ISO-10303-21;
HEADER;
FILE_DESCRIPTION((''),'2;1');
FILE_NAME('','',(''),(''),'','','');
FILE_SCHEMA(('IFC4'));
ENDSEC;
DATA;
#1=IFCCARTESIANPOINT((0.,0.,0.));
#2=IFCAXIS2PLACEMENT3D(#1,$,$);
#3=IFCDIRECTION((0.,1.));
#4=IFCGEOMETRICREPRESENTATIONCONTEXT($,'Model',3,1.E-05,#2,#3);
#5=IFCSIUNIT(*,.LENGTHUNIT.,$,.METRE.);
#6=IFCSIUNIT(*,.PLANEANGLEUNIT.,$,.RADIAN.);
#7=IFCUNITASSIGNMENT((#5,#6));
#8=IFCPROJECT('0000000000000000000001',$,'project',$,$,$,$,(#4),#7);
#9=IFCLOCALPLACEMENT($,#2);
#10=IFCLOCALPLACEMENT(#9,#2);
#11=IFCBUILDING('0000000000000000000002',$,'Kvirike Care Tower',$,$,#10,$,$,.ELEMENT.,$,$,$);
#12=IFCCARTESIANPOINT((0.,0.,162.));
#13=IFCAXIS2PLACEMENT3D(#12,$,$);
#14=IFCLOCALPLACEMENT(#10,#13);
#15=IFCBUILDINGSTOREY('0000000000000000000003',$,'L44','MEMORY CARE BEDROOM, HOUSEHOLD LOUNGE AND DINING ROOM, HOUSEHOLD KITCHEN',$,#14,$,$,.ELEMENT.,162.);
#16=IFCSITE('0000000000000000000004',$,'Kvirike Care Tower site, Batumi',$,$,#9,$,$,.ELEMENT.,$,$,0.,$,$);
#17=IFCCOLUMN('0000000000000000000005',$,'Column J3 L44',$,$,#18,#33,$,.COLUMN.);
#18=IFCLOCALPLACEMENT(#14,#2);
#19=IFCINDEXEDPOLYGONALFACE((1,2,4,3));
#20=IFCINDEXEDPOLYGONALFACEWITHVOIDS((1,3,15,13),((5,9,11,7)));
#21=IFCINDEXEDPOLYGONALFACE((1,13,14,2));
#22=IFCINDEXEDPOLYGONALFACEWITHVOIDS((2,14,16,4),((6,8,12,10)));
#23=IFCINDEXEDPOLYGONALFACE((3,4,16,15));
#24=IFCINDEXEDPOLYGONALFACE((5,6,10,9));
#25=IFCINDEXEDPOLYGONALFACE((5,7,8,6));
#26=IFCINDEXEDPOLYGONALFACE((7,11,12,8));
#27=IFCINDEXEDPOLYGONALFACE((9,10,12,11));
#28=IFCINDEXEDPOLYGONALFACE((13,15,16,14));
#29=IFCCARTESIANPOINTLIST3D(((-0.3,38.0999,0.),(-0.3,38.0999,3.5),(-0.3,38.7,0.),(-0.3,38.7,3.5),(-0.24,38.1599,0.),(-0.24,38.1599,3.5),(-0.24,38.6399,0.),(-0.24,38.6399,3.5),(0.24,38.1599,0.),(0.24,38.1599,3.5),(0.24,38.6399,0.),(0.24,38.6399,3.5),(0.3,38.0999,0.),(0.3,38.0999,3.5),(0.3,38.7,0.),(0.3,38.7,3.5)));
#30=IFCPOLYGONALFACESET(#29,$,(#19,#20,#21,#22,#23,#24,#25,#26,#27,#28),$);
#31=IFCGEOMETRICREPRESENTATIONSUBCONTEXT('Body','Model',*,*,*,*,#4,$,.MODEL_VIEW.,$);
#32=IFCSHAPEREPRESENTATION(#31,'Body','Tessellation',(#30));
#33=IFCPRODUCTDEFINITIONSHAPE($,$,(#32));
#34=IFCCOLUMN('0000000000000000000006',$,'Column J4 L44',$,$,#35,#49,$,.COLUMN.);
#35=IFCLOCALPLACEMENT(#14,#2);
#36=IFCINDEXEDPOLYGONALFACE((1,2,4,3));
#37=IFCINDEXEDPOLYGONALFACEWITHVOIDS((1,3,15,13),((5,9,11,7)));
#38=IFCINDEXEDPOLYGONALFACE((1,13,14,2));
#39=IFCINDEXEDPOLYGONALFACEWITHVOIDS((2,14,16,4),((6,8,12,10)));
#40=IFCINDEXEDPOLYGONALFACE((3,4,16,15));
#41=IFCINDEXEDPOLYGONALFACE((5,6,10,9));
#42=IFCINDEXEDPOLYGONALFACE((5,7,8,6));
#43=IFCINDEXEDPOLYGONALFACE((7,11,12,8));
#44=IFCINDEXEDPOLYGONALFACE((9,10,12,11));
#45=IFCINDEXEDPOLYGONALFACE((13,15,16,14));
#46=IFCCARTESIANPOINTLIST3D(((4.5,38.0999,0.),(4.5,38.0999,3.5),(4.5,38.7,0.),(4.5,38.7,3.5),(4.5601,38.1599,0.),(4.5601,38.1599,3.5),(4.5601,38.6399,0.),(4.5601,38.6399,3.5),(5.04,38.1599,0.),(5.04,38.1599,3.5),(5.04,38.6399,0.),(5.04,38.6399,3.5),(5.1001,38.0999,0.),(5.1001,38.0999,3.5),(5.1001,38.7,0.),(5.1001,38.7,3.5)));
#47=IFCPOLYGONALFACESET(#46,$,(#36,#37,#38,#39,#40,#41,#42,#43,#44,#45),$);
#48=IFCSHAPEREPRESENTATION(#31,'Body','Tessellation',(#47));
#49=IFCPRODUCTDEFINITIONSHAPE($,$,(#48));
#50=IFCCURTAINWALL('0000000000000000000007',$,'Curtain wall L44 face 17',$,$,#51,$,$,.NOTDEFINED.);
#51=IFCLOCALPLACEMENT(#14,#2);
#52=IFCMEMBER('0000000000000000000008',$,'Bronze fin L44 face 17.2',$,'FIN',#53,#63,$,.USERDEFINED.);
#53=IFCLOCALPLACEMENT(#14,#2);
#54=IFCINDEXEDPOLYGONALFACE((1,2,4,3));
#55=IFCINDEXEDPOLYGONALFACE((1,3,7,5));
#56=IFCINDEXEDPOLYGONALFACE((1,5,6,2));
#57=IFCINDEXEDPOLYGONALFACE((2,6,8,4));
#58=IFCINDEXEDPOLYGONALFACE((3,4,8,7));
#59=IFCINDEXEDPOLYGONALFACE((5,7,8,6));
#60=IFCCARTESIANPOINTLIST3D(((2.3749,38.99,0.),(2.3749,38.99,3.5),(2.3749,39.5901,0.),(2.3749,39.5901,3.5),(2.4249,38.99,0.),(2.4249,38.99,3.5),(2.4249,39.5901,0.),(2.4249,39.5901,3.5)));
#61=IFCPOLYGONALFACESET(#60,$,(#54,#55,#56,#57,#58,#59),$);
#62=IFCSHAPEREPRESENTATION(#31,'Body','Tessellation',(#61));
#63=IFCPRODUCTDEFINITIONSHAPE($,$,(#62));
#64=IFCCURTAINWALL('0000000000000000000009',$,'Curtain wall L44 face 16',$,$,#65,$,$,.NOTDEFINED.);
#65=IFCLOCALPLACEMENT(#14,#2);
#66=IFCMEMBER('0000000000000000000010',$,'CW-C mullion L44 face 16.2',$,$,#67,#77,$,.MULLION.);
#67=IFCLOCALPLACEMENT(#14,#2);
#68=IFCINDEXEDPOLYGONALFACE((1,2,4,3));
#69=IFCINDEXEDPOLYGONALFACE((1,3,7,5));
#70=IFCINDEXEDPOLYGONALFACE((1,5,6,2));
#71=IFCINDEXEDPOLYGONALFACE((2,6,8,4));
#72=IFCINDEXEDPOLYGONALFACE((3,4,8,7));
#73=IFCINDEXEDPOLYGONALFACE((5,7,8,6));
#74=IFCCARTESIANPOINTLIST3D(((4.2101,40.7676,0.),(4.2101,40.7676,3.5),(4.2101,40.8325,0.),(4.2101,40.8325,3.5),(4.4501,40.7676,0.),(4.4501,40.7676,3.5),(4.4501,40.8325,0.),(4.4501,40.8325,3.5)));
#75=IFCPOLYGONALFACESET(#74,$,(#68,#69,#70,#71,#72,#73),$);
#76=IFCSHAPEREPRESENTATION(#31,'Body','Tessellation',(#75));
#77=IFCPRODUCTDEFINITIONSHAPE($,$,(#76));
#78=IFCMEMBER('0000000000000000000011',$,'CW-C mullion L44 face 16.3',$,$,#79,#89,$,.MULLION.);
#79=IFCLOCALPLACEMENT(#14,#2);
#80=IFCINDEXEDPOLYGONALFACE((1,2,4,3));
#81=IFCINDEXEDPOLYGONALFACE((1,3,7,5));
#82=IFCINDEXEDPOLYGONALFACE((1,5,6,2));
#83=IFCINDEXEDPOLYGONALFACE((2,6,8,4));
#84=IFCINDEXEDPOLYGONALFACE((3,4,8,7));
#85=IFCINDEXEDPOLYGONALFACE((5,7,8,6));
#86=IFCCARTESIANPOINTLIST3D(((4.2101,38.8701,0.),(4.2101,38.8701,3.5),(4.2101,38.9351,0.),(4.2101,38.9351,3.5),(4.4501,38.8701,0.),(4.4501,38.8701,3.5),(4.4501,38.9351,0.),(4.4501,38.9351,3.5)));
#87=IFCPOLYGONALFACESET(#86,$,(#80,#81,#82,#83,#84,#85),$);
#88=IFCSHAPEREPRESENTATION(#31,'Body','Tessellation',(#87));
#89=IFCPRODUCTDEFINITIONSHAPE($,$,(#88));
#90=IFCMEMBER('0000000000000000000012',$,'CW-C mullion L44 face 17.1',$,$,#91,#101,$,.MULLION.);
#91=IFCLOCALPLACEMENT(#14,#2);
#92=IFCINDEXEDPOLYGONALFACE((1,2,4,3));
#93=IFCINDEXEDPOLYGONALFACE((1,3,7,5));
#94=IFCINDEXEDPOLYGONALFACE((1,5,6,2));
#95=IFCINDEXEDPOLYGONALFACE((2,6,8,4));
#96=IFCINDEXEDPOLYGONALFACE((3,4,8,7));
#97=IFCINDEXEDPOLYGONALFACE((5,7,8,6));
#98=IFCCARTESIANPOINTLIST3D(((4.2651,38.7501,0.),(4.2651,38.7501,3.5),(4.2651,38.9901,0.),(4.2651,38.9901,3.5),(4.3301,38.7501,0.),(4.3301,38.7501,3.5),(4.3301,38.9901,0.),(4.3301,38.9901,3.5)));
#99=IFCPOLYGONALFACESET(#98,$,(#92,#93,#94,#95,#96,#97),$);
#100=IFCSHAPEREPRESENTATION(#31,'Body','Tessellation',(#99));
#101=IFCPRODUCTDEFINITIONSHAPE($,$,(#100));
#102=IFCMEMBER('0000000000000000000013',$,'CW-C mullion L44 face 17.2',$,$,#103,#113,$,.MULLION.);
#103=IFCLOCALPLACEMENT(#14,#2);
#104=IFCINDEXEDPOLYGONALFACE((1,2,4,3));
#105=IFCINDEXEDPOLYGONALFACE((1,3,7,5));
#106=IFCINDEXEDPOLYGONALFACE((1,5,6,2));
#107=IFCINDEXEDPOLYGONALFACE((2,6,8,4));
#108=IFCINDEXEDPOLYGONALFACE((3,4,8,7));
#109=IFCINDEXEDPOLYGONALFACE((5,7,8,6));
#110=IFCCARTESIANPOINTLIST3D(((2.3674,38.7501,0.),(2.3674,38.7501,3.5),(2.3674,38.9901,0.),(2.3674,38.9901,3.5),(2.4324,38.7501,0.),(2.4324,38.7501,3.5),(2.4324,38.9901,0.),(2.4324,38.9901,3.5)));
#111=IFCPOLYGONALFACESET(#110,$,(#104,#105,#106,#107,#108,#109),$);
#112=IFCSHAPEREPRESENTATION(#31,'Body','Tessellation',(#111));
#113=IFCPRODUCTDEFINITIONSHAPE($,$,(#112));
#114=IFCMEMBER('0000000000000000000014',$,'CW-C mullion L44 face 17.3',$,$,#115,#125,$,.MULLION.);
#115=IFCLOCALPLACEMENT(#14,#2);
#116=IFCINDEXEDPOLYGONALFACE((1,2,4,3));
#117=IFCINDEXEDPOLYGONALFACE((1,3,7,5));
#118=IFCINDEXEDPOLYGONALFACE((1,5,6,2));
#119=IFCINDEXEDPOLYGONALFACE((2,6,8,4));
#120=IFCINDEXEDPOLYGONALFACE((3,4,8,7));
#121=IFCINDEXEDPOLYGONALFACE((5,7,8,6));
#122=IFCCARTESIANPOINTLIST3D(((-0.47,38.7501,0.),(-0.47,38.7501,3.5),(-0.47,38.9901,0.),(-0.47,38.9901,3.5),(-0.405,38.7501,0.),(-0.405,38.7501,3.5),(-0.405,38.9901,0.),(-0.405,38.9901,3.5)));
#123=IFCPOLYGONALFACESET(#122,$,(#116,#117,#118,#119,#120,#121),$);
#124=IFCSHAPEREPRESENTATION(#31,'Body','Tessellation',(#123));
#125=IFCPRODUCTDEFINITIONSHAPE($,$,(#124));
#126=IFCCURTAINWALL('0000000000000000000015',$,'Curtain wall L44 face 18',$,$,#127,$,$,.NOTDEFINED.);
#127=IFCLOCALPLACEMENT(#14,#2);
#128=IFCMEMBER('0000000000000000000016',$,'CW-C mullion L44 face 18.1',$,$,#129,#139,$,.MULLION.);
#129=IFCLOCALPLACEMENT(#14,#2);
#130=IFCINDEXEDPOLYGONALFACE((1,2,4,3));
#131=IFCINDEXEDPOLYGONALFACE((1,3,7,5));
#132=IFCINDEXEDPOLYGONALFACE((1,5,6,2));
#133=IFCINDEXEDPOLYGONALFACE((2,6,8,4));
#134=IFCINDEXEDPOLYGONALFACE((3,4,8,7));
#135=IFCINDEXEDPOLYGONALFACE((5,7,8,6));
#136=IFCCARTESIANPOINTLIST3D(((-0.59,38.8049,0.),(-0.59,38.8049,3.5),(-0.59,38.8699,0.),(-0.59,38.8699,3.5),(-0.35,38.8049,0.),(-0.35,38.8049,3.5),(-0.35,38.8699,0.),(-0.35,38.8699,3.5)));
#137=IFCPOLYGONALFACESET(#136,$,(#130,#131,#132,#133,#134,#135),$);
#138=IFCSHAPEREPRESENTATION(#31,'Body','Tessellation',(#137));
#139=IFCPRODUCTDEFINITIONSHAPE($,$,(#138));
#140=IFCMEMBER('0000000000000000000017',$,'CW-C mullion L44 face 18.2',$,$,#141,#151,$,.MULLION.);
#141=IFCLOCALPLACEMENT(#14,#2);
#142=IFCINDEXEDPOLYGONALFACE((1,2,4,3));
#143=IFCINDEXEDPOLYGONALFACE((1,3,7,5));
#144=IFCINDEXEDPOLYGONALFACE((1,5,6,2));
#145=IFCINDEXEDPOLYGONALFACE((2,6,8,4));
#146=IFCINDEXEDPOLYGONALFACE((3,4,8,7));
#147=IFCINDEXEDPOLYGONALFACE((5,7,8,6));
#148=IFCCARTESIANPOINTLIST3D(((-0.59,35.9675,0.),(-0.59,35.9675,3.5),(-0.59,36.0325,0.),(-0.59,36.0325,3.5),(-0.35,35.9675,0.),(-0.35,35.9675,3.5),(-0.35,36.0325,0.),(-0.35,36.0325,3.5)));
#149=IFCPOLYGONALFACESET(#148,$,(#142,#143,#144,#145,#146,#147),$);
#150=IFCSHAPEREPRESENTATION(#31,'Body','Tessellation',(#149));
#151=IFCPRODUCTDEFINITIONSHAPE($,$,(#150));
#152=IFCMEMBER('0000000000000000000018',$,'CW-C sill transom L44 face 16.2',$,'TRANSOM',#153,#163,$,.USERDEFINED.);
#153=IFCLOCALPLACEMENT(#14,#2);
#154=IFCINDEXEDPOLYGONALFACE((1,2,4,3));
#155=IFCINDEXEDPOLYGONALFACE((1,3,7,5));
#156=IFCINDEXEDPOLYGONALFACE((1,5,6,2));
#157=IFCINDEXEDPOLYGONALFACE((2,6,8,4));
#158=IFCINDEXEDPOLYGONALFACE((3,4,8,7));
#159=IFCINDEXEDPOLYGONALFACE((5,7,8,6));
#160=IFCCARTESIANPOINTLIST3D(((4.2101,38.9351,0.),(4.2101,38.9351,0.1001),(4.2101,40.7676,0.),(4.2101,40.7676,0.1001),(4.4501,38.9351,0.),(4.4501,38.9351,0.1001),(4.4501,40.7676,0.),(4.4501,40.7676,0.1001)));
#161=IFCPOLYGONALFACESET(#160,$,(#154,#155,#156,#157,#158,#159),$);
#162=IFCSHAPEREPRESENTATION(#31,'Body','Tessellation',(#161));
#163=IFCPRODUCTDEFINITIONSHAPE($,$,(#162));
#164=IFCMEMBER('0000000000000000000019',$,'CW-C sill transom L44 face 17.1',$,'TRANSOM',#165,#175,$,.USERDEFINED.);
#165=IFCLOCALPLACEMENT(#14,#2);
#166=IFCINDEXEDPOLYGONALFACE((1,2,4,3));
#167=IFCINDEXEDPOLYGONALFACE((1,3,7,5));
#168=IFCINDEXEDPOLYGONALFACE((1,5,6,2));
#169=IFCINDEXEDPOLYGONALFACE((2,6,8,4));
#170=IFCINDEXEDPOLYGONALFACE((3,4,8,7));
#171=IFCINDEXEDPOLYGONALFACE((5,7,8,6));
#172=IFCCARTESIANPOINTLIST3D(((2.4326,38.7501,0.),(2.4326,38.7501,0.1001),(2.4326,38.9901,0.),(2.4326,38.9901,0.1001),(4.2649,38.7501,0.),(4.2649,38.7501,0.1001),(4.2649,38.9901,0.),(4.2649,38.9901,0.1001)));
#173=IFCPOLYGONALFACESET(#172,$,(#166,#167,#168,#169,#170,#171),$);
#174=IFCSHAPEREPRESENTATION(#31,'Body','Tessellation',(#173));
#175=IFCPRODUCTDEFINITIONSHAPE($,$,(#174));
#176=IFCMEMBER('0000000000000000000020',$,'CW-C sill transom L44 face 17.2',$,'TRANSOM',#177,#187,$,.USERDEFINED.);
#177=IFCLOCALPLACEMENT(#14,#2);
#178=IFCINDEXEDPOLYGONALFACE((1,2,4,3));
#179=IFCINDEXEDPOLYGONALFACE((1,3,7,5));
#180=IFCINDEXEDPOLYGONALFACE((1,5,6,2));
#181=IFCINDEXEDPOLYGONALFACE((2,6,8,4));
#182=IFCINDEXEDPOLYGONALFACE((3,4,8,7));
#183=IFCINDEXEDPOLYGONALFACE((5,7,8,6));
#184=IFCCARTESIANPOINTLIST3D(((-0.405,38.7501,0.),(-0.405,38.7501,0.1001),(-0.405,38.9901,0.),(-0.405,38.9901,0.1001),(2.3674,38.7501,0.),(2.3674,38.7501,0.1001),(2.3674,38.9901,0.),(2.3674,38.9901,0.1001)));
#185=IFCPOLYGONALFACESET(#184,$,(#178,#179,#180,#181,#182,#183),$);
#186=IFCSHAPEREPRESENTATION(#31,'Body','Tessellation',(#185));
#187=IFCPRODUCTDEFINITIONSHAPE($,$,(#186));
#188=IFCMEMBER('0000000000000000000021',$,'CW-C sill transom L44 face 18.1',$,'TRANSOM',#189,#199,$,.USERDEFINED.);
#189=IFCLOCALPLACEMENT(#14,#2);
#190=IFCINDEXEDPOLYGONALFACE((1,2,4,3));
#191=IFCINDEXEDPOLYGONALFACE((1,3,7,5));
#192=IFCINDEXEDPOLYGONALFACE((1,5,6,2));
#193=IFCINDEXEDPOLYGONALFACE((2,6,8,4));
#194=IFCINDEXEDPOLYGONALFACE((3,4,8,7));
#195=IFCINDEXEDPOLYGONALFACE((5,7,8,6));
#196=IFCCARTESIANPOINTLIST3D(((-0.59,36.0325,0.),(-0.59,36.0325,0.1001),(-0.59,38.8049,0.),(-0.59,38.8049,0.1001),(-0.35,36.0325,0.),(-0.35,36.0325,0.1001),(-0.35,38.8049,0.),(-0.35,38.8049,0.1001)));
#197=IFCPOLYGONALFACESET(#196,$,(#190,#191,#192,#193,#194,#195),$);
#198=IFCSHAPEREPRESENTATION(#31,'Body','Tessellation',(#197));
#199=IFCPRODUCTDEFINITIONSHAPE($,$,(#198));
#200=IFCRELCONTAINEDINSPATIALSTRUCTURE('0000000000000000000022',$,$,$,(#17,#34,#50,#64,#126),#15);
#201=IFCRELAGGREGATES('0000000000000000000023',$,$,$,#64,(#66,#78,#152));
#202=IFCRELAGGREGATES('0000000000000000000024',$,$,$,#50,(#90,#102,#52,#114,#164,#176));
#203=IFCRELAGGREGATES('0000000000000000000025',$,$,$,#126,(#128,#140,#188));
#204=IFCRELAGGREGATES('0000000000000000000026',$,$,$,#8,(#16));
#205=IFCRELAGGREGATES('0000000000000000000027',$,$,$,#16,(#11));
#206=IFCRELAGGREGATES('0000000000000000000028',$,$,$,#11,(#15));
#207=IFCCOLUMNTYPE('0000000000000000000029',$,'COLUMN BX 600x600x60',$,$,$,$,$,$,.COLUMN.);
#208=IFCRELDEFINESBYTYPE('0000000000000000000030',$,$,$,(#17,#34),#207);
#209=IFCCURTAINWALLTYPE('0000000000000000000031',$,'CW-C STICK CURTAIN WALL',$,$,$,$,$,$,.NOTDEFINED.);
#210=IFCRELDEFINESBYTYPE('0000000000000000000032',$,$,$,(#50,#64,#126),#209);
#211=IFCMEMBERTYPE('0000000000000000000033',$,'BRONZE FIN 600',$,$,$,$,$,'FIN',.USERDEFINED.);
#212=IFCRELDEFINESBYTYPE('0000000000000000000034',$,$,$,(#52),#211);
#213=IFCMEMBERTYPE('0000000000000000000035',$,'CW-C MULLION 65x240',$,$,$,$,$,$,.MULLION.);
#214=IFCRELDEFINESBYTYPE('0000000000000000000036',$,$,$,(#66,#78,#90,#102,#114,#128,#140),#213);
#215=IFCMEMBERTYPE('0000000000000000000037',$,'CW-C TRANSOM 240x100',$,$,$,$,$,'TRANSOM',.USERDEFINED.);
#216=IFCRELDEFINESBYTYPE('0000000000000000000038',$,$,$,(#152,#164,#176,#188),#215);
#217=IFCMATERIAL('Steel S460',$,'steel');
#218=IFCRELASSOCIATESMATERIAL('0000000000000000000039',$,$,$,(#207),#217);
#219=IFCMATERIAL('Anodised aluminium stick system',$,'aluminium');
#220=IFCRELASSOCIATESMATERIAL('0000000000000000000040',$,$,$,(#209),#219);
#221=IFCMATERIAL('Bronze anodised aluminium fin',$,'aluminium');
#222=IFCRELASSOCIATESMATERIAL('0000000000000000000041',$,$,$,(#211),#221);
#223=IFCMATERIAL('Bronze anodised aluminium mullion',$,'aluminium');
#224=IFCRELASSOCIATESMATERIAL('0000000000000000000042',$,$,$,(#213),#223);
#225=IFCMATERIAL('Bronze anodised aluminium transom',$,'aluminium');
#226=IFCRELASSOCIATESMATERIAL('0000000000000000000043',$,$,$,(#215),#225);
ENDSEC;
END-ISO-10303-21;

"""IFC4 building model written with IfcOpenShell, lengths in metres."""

from ifc_helpers import new_model, si_unit, direction, frame, origin, origin_2d, place, context, subcontext, project, spatial, rectangle, hollow_rectangle, extrude, material, material_profile, profile_set, type_object, element, aggregate, save


model = new_model("IFC4")

# Units and contexts
model_context = context("Model", 3, precision=1e-05, world=origin(), true_north=direction((0.0, 1.0)))
body_context = subcontext(model_context, "Body", "Model", "MODEL_VIEW")
ifc_project = project(units=[si_unit("LENGTHUNIT", "METRE"), si_unit("PLANEANGLEUNIT", "RADIAN")], contexts=[model_context])

# Site, building, storey
site_placement = place(None, origin())
site = spatial("IfcSite", under=ifc_project, at=site_placement, Name="Kvirike Care Tower site, Batumi", CompositionType="ELEMENT", RefElevation=0.0)
building_placement = place(site_placement, origin())
building = spatial("IfcBuilding", under=site, at=building_placement, Name="Kvirike Care Tower", CompositionType="ELEMENT")
storey_placement = place(building_placement, frame((0.0, 0.0, 162.0)))
storey = spatial("IfcBuildingStorey", under=building, at=storey_placement, Name="L44", Description="MEMORY CARE BEDROOM, HOUSEHOLD LOUNGE AND DINING ROOM, HOUSEHOLD KITCHEN", CompositionType="ELEMENT", Elevation=162.0)

# Columns
ifc_material_1 = material(Name="Steel S460", Category="steel")
ifc_material_profile_1 = material_profile(ifc_material_1, hollow_rectangle(XDim=0.6001, YDim=0.6001, WallThickness=0.0601, at=origin_2d()), Name="BX 600x600x60")
ifc_profile_set_1 = profile_set([ifc_material_profile_1], Name="Steel S460")
column_type = type_object("IfcColumnType", Name="COLUMN BX 600x600x60", PredefinedType="COLUMN", material=ifc_profile_set_1)
for number, where, z_axis, x_axis, name in (
    (1, (0.0, 38.3999, 0.0), (0.0, 0.0, 1.0), (0.0, 1.0, 0.0), "Column J3 L44"),
    (2, (4.8, 38.3999, 0.0), (0.0, 0.0, 1.0), (0.0, 1.0, 0.0), "Column J4 L44"),
):
    element("IfcColumn", number, at=place(storey_placement, frame(where, z_axis=z_axis, x_axis=x_axis)), inside=storey, type_object=column_type, Name=name, PredefinedType="COLUMN", context=body_context, shape_type="SweptSolid", body=[
        extrude(hollow_rectangle(XDim=0.6001, YDim=0.6001, WallThickness=0.0601, at=origin_2d()), origin(), (0.0, 0.0, 1.0), 3.5),
    ])

# Curtain wall, member
ifc_material_2 = material(Name="Anodised aluminium stick system", Category="aluminium")
curtain_wall_type = type_object("IfcCurtainWallType", Name="CW-C STICK CURTAIN WALL", PredefinedType="NOTDEFINED", material=ifc_material_2)
curtain_wall_1_placement = place(storey_placement, origin())
curtain_wall_1 = element("IfcCurtainWall", 3, at=curtain_wall_1_placement, inside=storey, type_object=curtain_wall_type, Name="Curtain wall L44 face 17", PredefinedType="NOTDEFINED")
ifc_material_3 = material(Name="Bronze anodised aluminium fin", Category="aluminium")
ifc_material_profile_2 = material_profile(ifc_material_3, rectangle(XDim=0.05, YDim=0.6001, at=origin_2d()), Name="BRONZE FIN 600")
ifc_profile_set_2 = profile_set([ifc_material_profile_2], Name="Bronze anodised aluminium fin")
member_type_1 = type_object("IfcMemberType", Name="BRONZE FIN 600", ElementType="FIN", PredefinedType="USERDEFINED", material=ifc_profile_set_2)
member_1_placement = place(storey_placement, frame((2.3999, 39.29, 0.0), z_axis=(0.0, 0.0, 1.0), x_axis=(-1.0, 0.0, 0.0)))
member_1 = element("IfcMember", 4, at=member_1_placement, type_object=member_type_1, Name="Bronze fin L44 face 17.2", ObjectType="FIN", PredefinedType="USERDEFINED", context=body_context, shape_type="SweptSolid", body=[
    extrude(rectangle(XDim=0.05, YDim=0.6001, at=origin_2d()), origin(), (0.0, 0.0, 1.0), 3.5),
])

# Curtain wall, members
curtain_wall_2_placement = place(storey_placement, origin())
curtain_wall_2 = element("IfcCurtainWall", 5, at=curtain_wall_2_placement, inside=storey, type_object=curtain_wall_type, Name="Curtain wall L44 face 16", PredefinedType="NOTDEFINED")
ifc_material_4 = material(Name="Bronze anodised aluminium mullion", Category="aluminium")
ifc_material_profile_3 = material_profile(ifc_material_4, rectangle(XDim=0.0649, YDim=0.24, at=origin_2d()), Name="CW-C MULLION 65x240")
ifc_profile_set_3 = profile_set([ifc_material_profile_3], Name="Bronze anodised aluminium mullion")
member_type_2 = type_object("IfcMemberType", Name="CW-C MULLION 65x240", PredefinedType="MULLION", material=ifc_profile_set_3)
member_2_placement = place(storey_placement, frame((4.3301, 40.8, 0.0), z_axis=(0.0, 0.0, 1.0), x_axis=(0.0, -1.0, 0.0)))
member_2 = element("IfcMember", 6, at=member_2_placement, type_object=member_type_2, Name="CW-C mullion L44 face 16.2", PredefinedType="MULLION", context=body_context, shape_type="SweptSolid", body=[
    extrude(rectangle(XDim=0.0649, YDim=0.24, at=origin_2d()), origin(), (0.0, 0.0, 1.0), 3.5),
])
member_3_placement = place(storey_placement, frame((4.3301, 38.9026, 0.0), z_axis=(0.0, 0.0, 1.0), x_axis=(0.0, -1.0, 0.0)))
member_3 = element("IfcMember", 7, at=member_3_placement, type_object=member_type_2, Name="CW-C mullion L44 face 16.3", PredefinedType="MULLION", context=body_context, shape_type="SweptSolid", body=[
    extrude(rectangle(XDim=0.0649, YDim=0.24, at=origin_2d()), origin(), (0.0, 0.0, 1.0), 3.5),
])

# Members
member_4_placement = place(storey_placement, frame((4.2976, 38.8701, 0.0), z_axis=(0.0, 0.0, 1.0), x_axis=(-1.0, 0.0, 0.0)))
member_4 = element("IfcMember", 8, at=member_4_placement, type_object=member_type_2, Name="CW-C mullion L44 face 17.1", PredefinedType="MULLION", context=body_context, shape_type="SweptSolid", body=[
    extrude(rectangle(XDim=0.0649, YDim=0.24, at=origin_2d()), origin(), (0.0, 0.0, 1.0), 3.5),
])
member_5_placement = place(storey_placement, frame((2.3999, 38.8701, 0.0), z_axis=(0.0, 0.0, 1.0), x_axis=(-1.0, 0.0, 0.0)))
member_5 = element("IfcMember", 9, at=member_5_placement, type_object=member_type_2, Name="CW-C mullion L44 face 17.2", PredefinedType="MULLION", context=body_context, shape_type="SweptSolid", body=[
    extrude(rectangle(XDim=0.0649, YDim=0.24, at=origin_2d()), origin(), (0.0, 0.0, 1.0), 3.5),
])
member_6_placement = place(storey_placement, frame((-0.4375, 38.8701, 0.0), z_axis=(0.0, 0.0, 1.0), x_axis=(-1.0, 0.0, 0.0)))
member_6 = element("IfcMember", 10, at=member_6_placement, type_object=member_type_2, Name="CW-C mullion L44 face 17.3", PredefinedType="MULLION", context=body_context, shape_type="SweptSolid", body=[
    extrude(rectangle(XDim=0.0649, YDim=0.24, at=origin_2d()), origin(), (0.0, 0.0, 1.0), 3.5),
])

# Curtain wall, members
curtain_wall_3_placement = place(storey_placement, origin())
curtain_wall_3 = element("IfcCurtainWall", 11, at=curtain_wall_3_placement, inside=storey, type_object=curtain_wall_type, Name="Curtain wall L44 face 18", PredefinedType="NOTDEFINED")
member_7_placement = place(storey_placement, frame((-0.47, 38.8374, 0.0), z_axis=(0.0, 0.0, 1.0), x_axis=(0.0, -1.0, 0.0)))
member_7 = element("IfcMember", 12, at=member_7_placement, type_object=member_type_2, Name="CW-C mullion L44 face 18.1", PredefinedType="MULLION", context=body_context, shape_type="SweptSolid", body=[
    extrude(rectangle(XDim=0.0649, YDim=0.24, at=origin_2d()), origin(), (0.0, 0.0, 1.0), 3.5),
])
member_8_placement = place(storey_placement, frame((-0.47, 36.0, 0.0), z_axis=(0.0, 0.0, 1.0), x_axis=(0.0, -1.0, 0.0)))
member_8 = element("IfcMember", 13, at=member_8_placement, type_object=member_type_2, Name="CW-C mullion L44 face 18.2", PredefinedType="MULLION", context=body_context, shape_type="SweptSolid", body=[
    extrude(rectangle(XDim=0.0649, YDim=0.24, at=origin_2d()), origin(), (0.0, 0.0, 1.0), 3.5),
])

# Members
ifc_material_5 = material(Name="Bronze anodised aluminium transom", Category="aluminium")
ifc_material_profile_4 = material_profile(ifc_material_5, rectangle(XDim=0.24, YDim=0.1001, at=origin_2d()), Name="CW-C TRANSOM 240x100")
ifc_profile_set_4 = profile_set([ifc_material_profile_4], Name="Bronze anodised aluminium transom")
member_type_3 = type_object("IfcMemberType", Name="CW-C TRANSOM 240x100", ElementType="TRANSOM", PredefinedType="USERDEFINED", material=ifc_profile_set_4)
member_9_placement = place(storey_placement, frame((4.3301, 40.7676, 0.05), z_axis=(0.0, -1.0, 0.0), x_axis=(1.0, 0.0, 0.0)))
member_9 = element("IfcMember", 14, at=member_9_placement, type_object=member_type_3, Name="CW-C sill transom L44 face 16.2", ObjectType="TRANSOM", PredefinedType="USERDEFINED", context=body_context, shape_type="SweptSolid", body=[
    extrude(rectangle(XDim=0.24, YDim=0.1001, at=origin_2d()), origin(), (0.0, 0.0, 1.0), 1.8325),
])
member_10_placement = place(storey_placement, frame((4.2649, 38.8701, 0.05), z_axis=(-1.0, 0.0, 0.0), x_axis=(0.0, -1.0, 0.0)))
member_10 = element("IfcMember", 15, at=member_10_placement, type_object=member_type_3, Name="CW-C sill transom L44 face 17.1", ObjectType="TRANSOM", PredefinedType="USERDEFINED", context=body_context, shape_type="SweptSolid", body=[
    extrude(rectangle(XDim=0.24, YDim=0.1001, at=origin_2d()), origin(), (0.0, 0.0, 1.0), 1.8323),
])
member_11_placement = place(storey_placement, frame((2.3674, 38.8701, 0.05), z_axis=(-1.0, 0.0, 0.0), x_axis=(0.0, -1.0, 0.0)))
member_11 = element("IfcMember", 16, at=member_11_placement, type_object=member_type_3, Name="CW-C sill transom L44 face 17.2", ObjectType="TRANSOM", PredefinedType="USERDEFINED", context=body_context, shape_type="SweptSolid", body=[
    extrude(rectangle(XDim=0.24, YDim=0.1001, at=origin_2d()), origin(), (0.0, 0.0, 1.0), 2.7725),
])
member_12_placement = place(storey_placement, frame((-0.47, 38.8049, 0.05), z_axis=(0.0, -1.0, 0.0), x_axis=(1.0, 0.0, 0.0)))
member_12 = element("IfcMember", 17, at=member_12_placement, type_object=member_type_3, Name="CW-C sill transom L44 face 18.1", ObjectType="TRANSOM", PredefinedType="USERDEFINED", context=body_context, shape_type="SweptSolid", body=[
    extrude(rectangle(XDim=0.24, YDim=0.1001, at=origin_2d()), origin(), (0.0, 0.0, 1.0), 2.7725),
])

aggregate(curtain_wall_2, [member_2, member_3, member_9])
aggregate(curtain_wall_1, [member_4, member_5, member_1, member_6, member_10, member_11])
aggregate(curtain_wall_3, [member_7, member_8, member_12])

save(model, "model.ifc")
